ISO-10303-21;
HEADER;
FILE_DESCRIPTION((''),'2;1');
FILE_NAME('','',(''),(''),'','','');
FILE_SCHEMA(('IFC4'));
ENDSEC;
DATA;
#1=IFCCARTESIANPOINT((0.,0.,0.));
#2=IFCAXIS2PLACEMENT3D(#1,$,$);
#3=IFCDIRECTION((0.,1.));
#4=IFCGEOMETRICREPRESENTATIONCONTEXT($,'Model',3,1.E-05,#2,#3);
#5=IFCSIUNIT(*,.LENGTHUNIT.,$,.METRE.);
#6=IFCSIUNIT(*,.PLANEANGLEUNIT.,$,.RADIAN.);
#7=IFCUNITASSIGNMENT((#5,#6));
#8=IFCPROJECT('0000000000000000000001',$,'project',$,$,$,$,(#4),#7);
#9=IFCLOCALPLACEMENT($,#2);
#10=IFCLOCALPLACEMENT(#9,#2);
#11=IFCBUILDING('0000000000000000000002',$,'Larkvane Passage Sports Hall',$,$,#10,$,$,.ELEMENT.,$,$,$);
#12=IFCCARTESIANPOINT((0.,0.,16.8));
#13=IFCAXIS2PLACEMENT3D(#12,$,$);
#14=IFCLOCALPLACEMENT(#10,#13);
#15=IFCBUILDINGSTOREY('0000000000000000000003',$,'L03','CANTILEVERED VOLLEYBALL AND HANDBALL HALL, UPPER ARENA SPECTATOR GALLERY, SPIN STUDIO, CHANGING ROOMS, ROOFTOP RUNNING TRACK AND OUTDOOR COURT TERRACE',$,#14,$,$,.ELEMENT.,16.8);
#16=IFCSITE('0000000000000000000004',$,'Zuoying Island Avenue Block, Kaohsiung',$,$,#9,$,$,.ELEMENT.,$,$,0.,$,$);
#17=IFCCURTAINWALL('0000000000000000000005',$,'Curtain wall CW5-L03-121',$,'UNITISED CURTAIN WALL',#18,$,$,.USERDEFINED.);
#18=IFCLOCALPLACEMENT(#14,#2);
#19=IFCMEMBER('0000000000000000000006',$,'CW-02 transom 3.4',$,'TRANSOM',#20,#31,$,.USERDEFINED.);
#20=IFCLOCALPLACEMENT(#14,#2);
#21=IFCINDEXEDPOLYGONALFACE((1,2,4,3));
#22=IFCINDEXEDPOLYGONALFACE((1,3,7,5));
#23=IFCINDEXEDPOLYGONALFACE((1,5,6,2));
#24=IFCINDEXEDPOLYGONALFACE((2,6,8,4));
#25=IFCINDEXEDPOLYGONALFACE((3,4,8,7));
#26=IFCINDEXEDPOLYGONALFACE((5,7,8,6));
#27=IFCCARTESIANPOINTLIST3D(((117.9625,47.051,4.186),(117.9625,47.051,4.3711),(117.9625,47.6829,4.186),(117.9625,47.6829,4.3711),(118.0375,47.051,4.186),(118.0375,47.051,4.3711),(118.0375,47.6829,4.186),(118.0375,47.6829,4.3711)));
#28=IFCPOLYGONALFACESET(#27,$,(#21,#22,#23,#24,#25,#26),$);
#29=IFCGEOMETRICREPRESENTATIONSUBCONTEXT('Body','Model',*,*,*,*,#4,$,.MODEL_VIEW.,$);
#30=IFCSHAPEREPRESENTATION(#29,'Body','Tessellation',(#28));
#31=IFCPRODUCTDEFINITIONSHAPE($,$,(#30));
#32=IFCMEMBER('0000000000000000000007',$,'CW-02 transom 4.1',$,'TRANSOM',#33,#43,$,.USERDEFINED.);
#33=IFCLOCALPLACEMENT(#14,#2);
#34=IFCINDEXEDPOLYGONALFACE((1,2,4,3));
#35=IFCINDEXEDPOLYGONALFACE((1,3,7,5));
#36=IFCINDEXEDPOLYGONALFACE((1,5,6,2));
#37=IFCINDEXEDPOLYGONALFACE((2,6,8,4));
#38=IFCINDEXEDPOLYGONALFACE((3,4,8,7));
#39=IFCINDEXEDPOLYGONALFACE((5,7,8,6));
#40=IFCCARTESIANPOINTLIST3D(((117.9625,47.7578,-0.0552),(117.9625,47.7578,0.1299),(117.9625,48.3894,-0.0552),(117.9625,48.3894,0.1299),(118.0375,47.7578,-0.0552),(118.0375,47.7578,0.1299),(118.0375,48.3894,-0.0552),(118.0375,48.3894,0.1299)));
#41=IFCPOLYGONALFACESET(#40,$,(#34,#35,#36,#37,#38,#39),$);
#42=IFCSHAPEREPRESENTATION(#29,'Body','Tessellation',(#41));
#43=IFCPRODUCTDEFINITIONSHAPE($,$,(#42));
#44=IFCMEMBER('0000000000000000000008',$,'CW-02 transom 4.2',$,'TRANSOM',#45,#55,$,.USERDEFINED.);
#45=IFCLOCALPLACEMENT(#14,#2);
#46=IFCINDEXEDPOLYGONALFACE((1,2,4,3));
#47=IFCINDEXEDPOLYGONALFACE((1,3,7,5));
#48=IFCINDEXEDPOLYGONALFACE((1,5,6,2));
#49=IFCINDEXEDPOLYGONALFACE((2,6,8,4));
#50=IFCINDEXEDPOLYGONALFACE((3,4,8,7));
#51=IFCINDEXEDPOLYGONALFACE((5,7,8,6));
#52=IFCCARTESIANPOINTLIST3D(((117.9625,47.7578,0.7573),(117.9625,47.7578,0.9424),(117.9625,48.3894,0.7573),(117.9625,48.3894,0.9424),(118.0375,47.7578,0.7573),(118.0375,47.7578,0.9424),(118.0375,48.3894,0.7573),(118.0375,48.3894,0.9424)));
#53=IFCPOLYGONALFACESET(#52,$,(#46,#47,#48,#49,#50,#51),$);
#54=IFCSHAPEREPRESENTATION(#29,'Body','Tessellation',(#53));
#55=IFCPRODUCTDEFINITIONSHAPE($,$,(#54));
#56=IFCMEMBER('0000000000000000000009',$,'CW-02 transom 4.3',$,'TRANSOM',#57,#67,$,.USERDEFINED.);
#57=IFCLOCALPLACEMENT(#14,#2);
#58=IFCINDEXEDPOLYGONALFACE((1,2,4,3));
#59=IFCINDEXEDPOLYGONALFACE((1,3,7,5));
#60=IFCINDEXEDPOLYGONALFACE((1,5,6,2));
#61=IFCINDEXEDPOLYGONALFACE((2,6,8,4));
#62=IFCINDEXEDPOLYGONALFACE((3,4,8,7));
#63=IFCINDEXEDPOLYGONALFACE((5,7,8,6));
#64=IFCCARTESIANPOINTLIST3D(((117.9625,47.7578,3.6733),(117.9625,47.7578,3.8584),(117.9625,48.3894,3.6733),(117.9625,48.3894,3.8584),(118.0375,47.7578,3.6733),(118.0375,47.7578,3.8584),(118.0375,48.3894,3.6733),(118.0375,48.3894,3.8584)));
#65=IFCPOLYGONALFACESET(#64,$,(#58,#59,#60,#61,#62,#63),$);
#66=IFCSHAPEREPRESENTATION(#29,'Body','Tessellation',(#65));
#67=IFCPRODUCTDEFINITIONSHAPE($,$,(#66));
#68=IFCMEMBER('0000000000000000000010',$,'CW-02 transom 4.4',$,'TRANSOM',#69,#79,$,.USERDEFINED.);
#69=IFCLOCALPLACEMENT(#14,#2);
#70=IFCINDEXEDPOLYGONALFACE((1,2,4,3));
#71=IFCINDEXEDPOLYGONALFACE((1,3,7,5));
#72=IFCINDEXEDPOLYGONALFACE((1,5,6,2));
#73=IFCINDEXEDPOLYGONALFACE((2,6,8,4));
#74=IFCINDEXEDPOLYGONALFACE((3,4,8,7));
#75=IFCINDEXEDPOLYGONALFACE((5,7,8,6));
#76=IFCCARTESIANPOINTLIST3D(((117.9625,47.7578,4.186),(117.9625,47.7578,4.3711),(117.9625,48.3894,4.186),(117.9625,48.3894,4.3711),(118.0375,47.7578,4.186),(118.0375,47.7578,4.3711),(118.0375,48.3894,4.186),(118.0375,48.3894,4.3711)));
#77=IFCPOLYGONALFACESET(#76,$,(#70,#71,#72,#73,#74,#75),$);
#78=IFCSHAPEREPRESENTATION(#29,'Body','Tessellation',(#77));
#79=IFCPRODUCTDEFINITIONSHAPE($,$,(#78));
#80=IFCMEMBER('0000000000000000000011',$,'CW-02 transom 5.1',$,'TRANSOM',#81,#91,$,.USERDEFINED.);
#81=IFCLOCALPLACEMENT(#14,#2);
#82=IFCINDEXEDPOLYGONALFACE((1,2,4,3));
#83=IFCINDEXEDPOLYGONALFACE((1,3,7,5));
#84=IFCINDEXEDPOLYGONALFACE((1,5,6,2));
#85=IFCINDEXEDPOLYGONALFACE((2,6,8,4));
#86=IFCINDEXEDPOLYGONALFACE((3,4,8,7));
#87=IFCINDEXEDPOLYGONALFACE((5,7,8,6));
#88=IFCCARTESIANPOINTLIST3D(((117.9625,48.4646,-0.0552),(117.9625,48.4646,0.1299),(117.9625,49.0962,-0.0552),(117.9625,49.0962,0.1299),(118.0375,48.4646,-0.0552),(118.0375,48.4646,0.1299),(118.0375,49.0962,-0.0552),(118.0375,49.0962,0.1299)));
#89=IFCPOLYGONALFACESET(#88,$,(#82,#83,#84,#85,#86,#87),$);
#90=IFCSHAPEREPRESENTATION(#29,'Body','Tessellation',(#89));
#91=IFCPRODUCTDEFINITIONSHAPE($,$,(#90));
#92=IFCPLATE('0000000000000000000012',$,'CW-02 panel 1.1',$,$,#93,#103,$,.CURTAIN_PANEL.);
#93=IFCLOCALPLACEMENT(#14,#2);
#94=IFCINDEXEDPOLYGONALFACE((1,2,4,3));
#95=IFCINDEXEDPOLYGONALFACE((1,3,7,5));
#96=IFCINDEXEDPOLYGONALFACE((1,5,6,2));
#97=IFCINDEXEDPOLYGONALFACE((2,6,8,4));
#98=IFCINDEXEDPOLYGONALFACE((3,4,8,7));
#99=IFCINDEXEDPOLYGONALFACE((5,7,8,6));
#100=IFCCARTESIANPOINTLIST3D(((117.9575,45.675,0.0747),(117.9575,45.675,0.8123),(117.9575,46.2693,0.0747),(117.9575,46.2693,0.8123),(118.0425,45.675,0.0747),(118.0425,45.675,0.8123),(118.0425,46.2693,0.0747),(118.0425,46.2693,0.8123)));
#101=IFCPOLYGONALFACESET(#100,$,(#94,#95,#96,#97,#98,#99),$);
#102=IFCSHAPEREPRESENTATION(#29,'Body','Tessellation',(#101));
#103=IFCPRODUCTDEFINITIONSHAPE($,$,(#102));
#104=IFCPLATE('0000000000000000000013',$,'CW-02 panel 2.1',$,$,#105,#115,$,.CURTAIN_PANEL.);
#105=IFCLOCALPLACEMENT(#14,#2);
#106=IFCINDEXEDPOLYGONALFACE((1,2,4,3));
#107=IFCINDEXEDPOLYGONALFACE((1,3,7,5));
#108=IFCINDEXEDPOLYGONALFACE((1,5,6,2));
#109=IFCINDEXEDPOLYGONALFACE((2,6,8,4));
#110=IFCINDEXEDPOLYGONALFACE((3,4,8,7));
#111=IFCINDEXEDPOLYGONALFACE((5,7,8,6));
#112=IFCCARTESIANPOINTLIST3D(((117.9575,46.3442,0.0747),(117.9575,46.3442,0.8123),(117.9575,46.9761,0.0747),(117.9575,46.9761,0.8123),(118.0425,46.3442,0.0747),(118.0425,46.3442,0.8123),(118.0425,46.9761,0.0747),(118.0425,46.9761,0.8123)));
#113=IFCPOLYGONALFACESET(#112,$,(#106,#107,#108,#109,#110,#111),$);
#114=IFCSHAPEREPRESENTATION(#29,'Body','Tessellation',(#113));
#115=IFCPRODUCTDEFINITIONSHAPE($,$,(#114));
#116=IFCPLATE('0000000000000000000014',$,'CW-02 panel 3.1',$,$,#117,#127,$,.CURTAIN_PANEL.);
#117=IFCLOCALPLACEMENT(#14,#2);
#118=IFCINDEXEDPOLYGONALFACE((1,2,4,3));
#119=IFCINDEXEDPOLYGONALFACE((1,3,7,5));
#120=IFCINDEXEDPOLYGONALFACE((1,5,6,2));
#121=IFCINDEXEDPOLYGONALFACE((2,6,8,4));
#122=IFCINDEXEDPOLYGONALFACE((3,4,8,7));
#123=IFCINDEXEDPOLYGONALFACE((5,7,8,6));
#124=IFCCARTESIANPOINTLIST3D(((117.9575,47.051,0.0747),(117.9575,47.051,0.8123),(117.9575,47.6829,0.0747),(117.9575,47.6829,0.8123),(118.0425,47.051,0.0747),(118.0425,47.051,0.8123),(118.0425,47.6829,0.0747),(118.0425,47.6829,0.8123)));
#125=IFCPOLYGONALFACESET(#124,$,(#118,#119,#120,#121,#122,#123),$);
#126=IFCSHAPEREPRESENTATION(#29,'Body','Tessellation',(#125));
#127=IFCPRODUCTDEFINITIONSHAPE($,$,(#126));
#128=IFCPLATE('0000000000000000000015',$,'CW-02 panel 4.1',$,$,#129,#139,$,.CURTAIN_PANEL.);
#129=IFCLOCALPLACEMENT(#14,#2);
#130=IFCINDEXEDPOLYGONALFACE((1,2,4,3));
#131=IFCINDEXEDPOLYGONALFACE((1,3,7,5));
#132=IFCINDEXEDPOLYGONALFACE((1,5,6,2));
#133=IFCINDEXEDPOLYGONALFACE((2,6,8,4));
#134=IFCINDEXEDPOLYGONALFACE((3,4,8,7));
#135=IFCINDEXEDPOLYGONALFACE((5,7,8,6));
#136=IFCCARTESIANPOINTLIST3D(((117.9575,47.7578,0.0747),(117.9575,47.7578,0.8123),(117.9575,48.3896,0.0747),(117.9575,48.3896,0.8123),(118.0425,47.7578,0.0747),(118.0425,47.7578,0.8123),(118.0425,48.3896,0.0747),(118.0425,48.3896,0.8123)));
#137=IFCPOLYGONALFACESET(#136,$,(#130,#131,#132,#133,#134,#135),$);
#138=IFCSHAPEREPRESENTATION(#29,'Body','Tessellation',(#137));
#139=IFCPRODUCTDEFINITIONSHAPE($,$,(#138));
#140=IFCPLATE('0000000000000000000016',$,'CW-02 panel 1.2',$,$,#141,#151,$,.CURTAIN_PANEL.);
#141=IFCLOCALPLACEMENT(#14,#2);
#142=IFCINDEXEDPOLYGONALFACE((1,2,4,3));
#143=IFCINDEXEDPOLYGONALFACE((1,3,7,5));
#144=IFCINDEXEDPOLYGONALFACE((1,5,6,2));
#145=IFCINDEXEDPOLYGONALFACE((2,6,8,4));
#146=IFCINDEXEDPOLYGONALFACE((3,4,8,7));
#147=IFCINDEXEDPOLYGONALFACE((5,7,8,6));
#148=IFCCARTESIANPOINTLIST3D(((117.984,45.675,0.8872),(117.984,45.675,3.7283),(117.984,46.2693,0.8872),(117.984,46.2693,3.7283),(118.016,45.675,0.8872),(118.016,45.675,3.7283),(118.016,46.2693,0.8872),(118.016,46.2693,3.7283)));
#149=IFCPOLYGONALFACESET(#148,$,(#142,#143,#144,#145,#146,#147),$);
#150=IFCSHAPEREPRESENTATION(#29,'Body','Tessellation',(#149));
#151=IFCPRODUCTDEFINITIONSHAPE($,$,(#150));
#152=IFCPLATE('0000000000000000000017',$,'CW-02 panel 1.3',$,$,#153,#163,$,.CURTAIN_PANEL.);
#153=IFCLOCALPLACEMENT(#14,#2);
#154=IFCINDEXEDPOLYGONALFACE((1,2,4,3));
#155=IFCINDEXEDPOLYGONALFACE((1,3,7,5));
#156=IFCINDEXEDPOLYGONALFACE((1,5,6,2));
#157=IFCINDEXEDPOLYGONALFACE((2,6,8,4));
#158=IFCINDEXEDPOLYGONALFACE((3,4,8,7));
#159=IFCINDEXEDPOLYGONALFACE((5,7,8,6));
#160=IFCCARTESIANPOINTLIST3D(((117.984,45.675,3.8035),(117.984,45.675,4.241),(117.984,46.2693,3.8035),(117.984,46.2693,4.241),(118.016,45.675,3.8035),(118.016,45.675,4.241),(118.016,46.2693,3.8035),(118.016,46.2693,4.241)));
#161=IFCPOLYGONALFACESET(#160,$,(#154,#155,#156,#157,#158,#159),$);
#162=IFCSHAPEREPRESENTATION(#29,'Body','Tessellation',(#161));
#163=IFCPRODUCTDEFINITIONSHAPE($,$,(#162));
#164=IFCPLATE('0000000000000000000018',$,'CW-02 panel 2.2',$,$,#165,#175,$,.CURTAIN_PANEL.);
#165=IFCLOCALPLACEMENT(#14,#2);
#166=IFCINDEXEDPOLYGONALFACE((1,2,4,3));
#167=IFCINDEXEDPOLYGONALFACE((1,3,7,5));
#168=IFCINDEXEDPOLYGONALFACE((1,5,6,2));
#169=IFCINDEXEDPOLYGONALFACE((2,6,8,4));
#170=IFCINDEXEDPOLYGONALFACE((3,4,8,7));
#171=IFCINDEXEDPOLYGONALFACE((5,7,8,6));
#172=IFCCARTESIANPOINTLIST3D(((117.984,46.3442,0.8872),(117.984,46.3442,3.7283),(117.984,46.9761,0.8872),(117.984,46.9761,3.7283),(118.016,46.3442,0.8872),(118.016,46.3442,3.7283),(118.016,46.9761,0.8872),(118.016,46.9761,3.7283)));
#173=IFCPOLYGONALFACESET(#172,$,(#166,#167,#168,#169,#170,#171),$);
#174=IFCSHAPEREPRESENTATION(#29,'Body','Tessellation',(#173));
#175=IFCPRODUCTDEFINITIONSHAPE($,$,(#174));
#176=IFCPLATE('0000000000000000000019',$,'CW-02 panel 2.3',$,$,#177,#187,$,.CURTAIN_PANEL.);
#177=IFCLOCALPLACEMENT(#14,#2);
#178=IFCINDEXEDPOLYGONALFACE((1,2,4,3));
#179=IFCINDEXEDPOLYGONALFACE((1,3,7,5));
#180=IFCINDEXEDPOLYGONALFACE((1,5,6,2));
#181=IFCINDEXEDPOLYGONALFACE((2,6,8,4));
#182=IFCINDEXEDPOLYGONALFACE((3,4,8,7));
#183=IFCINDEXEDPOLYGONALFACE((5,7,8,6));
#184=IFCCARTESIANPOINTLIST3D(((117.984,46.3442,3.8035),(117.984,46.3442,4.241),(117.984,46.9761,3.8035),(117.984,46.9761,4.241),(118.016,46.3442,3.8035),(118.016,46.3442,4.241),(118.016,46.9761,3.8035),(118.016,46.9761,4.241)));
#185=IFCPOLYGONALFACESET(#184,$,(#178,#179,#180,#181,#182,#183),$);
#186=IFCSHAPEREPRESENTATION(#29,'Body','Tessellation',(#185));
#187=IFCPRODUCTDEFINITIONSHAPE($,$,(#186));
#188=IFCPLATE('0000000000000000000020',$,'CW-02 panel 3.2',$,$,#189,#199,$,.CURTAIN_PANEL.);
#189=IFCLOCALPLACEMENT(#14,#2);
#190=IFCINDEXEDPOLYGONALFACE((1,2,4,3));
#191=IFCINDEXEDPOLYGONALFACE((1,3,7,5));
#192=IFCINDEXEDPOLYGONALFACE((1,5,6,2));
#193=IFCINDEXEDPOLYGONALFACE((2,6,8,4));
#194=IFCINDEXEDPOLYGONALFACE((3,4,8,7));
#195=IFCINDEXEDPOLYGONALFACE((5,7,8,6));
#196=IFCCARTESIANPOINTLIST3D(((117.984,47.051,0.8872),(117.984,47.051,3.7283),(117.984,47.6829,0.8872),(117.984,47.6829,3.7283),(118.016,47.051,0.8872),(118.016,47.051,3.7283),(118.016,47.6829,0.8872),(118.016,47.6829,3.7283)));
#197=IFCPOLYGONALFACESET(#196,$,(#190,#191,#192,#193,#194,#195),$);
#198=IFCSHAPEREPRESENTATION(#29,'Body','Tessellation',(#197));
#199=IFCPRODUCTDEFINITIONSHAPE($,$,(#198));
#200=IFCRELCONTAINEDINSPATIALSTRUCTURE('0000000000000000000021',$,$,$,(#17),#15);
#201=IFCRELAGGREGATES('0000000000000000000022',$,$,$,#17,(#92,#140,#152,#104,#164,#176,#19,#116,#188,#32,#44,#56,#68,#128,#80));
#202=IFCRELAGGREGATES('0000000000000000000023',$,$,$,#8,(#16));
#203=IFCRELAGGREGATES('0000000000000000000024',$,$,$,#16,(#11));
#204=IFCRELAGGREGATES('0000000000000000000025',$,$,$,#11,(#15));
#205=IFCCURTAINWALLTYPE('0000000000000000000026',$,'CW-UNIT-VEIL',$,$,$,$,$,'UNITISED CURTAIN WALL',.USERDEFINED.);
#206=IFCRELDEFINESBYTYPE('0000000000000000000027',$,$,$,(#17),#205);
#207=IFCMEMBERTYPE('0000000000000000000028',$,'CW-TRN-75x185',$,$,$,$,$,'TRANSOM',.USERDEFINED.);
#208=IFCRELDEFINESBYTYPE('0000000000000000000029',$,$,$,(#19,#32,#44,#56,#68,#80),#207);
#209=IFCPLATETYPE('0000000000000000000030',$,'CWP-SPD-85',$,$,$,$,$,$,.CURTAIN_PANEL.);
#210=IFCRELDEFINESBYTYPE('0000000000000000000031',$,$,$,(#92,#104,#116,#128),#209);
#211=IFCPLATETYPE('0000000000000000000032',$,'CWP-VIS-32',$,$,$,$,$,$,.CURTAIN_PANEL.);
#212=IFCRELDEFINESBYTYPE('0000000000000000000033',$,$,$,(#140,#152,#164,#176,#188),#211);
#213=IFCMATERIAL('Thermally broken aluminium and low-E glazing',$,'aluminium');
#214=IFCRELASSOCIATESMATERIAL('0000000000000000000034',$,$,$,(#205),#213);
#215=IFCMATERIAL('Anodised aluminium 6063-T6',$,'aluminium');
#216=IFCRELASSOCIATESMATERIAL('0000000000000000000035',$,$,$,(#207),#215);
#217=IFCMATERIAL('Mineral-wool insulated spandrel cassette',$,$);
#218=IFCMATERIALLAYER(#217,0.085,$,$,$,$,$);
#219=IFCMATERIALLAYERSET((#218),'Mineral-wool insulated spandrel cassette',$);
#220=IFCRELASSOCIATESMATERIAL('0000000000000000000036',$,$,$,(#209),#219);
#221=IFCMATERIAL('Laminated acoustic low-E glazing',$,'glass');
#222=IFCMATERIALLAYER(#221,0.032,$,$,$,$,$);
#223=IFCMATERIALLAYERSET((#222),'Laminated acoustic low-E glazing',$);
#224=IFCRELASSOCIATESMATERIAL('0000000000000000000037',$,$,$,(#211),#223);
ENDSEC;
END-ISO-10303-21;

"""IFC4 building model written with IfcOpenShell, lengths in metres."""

from ifc_helpers import new_model, si_unit, direction, frame, origin, origin_2d, place, context, subcontext, project, spatial, rectangle, extrude, material, layer, layer_set, material_profile, profile_set, type_object, element, aggregate, save


model = new_model("IFC4")

# Units and contexts
model_context = context("Model", 3, precision=1e-05, world=origin(), true_north=direction((0.0, 1.0)))
body_context = subcontext(model_context, "Body", "Model", "MODEL_VIEW")
ifc_project = project(units=[si_unit("LENGTHUNIT", "METRE"), si_unit("PLANEANGLEUNIT", "RADIAN")], contexts=[model_context])

# Site, building, storey
site_placement = place(None, origin())
site = spatial("IfcSite", under=ifc_project, at=site_placement, Name="Zuoying Island Avenue Block, Kaohsiung", CompositionType="ELEMENT", RefElevation=0.0)
building_placement = place(site_placement, origin())
building = spatial("IfcBuilding", under=site, at=building_placement, Name="Larkvane Passage Sports Hall", CompositionType="ELEMENT")
storey_placement = place(building_placement, frame((0.0, 0.0, 16.8)))
storey = spatial("IfcBuildingStorey", under=building, at=storey_placement, Name="L03", Description="CANTILEVERED VOLLEYBALL AND HANDBALL HALL, UPPER ARENA SPECTATOR GALLERY, SPIN STUDIO, CHANGING ROOMS, ROOFTOP RUNNING TRACK AND OUTDOOR COURT TERRACE", CompositionType="ELEMENT", Elevation=16.8)

# Curtain wall, members, plates
ifc_material_1 = material(Name="Thermally broken aluminium and low-E glazing", Category="aluminium")
curtain_wall_type = type_object("IfcCurtainWallType", Name="CW-UNIT-VEIL", ElementType="UNITISED CURTAIN WALL", PredefinedType="USERDEFINED", material=ifc_material_1)
curtain_wall_placement = place(storey_placement, origin())
curtain_wall = element("IfcCurtainWall", 1, at=curtain_wall_placement, inside=storey, type_object=curtain_wall_type, Name="Curtain wall CW5-L03-121", ObjectType="UNITISED CURTAIN WALL", PredefinedType="USERDEFINED")
ifc_material_2 = material(Name="Anodised aluminium 6063-T6", Category="aluminium")
ifc_material_profile_1 = material_profile(ifc_material_2, rectangle(XDim=0.075, YDim=0.1851, at=origin_2d()), Name="ALU-TRN-75x185")
ifc_profile_set_1 = profile_set([ifc_material_profile_1], Name="Anodised aluminium 6063-T6")
member_type_1 = type_object("IfcMemberType", Name="CW-TRN-75x185", ElementType="TRANSOM", PredefinedType="USERDEFINED", material=ifc_profile_set_1)
member_1_placement = place(storey_placement, frame((118.0, 47.051, 4.2786), z_axis=(0.0, 1.0, 0.0), x_axis=(-1.0, 0.0, 0.0)))
member_1 = element("IfcMember", 2, at=member_1_placement, type_object=member_type_1, Name="CW-02 transom 3.4", ObjectType="TRANSOM", PredefinedType="USERDEFINED", context=body_context, shape_type="SweptSolid", body=[
    extrude(rectangle(XDim=0.075, YDim=0.1851, at=origin_2d()), origin(), (0.0, 0.0, 1.0), 0.6318),
])
member_2_placement = place(storey_placement, frame((118.0, 47.7578, 0.0374), z_axis=(0.0, 1.0, 0.0), x_axis=(-1.0, 0.0, 0.0)))
member_2 = element("IfcMember", 3, at=member_2_placement, type_object=member_type_1, Name="CW-02 transom 4.1", ObjectType="TRANSOM", PredefinedType="USERDEFINED", context=body_context, shape_type="SweptSolid", body=[
    extrude(rectangle(XDim=0.075, YDim=0.1851, at=origin_2d()), origin(), (0.0, 0.0, 1.0), 0.6316),
])
member_3_placement = place(storey_placement, frame((118.0, 47.7578, 0.8499), z_axis=(0.0, 1.0, 0.0), x_axis=(-1.0, 0.0, 0.0)))
member_3 = element("IfcMember", 4, at=member_3_placement, type_object=member_type_1, Name="CW-02 transom 4.2", ObjectType="TRANSOM", PredefinedType="USERDEFINED", context=body_context, shape_type="SweptSolid", body=[
    extrude(rectangle(XDim=0.075, YDim=0.1851, at=origin_2d()), origin(), (0.0, 0.0, 1.0), 0.6316),
])
member_4_placement = place(storey_placement, frame((118.0, 47.7578, 3.7659), z_axis=(0.0, 1.0, 0.0), x_axis=(-1.0, 0.0, 0.0)))
member_4 = element("IfcMember", 5, at=member_4_placement, type_object=member_type_1, Name="CW-02 transom 4.3", ObjectType="TRANSOM", PredefinedType="USERDEFINED", context=body_context, shape_type="SweptSolid", body=[
    extrude(rectangle(XDim=0.075, YDim=0.1851, at=origin_2d()), origin(), (0.0, 0.0, 1.0), 0.6316),
])
member_5_placement = place(storey_placement, frame((118.0, 47.7578, 4.2786), z_axis=(0.0, 1.0, 0.0), x_axis=(-1.0, 0.0, 0.0)))
member_5 = element("IfcMember", 6, at=member_5_placement, type_object=member_type_1, Name="CW-02 transom 4.4", ObjectType="TRANSOM", PredefinedType="USERDEFINED", context=body_context, shape_type="SweptSolid", body=[
    extrude(rectangle(XDim=0.075, YDim=0.1851, at=origin_2d()), origin(), (0.0, 0.0, 1.0), 0.6316),
])
member_6_placement = place(storey_placement, frame((118.0, 48.4646, 0.0374), z_axis=(0.0, 1.0, 0.0), x_axis=(-1.0, 0.0, 0.0)))
member_6 = element("IfcMember", 7, at=member_6_placement, type_object=member_type_1, Name="CW-02 transom 5.1", ObjectType="TRANSOM", PredefinedType="USERDEFINED", context=body_context, shape_type="SweptSolid", body=[
    extrude(rectangle(XDim=0.075, YDim=0.1851, at=origin_2d()), origin(), (0.0, 0.0, 1.0), 0.6316),
])
ifc_material_3 = material(Name="Mineral-wool insulated spandrel cassette")
ifc_layer_1 = layer(ifc_material_3, 0.085)
ifc_layer_set_1 = layer_set([ifc_layer_1], Name="Mineral-wool insulated spandrel cassette")
plate_type_1 = type_object("IfcPlateType", Name="CWP-SPD-85", PredefinedType="CURTAIN_PANEL", material=ifc_layer_set_1)
plate_1_placement = place(storey_placement, frame((118.0, 45.9722, 0.0747), z_axis=(0.0, 0.0, 1.0), x_axis=(0.0, 1.0, 0.0)))
plate_1 = element("IfcPlate", 8, at=plate_1_placement, type_object=plate_type_1, Name="CW-02 panel 1.1", PredefinedType="CURTAIN_PANEL", context=body_context, shape_type="SweptSolid", body=[
    extrude(rectangle(XDim=0.5942, YDim=0.085, at=origin_2d()), origin(), (0.0, 0.0, 1.0), 0.7375),
])
plate_2_placement = place(storey_placement, frame((118.0, 46.6602, 0.0747), z_axis=(0.0, 0.0, 1.0), x_axis=(0.0, 1.0, 0.0)))
plate_2 = element("IfcPlate", 9, at=plate_2_placement, type_object=plate_type_1, Name="CW-02 panel 2.1", PredefinedType="CURTAIN_PANEL", context=body_context, shape_type="SweptSolid", body=[
    extrude(rectangle(XDim=0.6318, YDim=0.085, at=origin_2d()), origin(), (0.0, 0.0, 1.0), 0.7375),
])
plate_3_placement = place(storey_placement, frame((118.0, 47.3669, 0.0747), z_axis=(0.0, 0.0, 1.0), x_axis=(0.0, 1.0, 0.0)))
plate_3 = element("IfcPlate", 10, at=plate_3_placement, type_object=plate_type_1, Name="CW-02 panel 3.1", PredefinedType="CURTAIN_PANEL", context=body_context, shape_type="SweptSolid", body=[
    extrude(rectangle(XDim=0.6318, YDim=0.085, at=origin_2d()), origin(), (0.0, 0.0, 1.0), 0.7375),
])
plate_4_placement = place(storey_placement, frame((118.0, 48.0737, 0.0747), z_axis=(0.0, 0.0, 1.0), x_axis=(0.0, 1.0, 0.0)))
plate_4 = element("IfcPlate", 11, at=plate_4_placement, type_object=plate_type_1, Name="CW-02 panel 4.1", PredefinedType="CURTAIN_PANEL", context=body_context, shape_type="SweptSolid", body=[
    extrude(rectangle(XDim=0.6318, YDim=0.085, at=origin_2d()), origin(), (0.0, 0.0, 1.0), 0.7375),
])
ifc_material_4 = material(Name="Laminated acoustic low-E glazing", Category="glass")
ifc_layer_2 = layer(ifc_material_4, 0.032)
ifc_layer_set_2 = layer_set([ifc_layer_2], Name="Laminated acoustic low-E glazing")
plate_type_2 = type_object("IfcPlateType", Name="CWP-VIS-32", PredefinedType="CURTAIN_PANEL", material=ifc_layer_set_2)
plate_5_placement = place(storey_placement, frame((118.0, 45.9722, 0.8872), z_axis=(0.0, 0.0, 1.0), x_axis=(0.0, 1.0, 0.0)))
plate_5 = element("IfcPlate", 12, at=plate_5_placement, type_object=plate_type_2, Name="CW-02 panel 1.2", PredefinedType="CURTAIN_PANEL", context=body_context, shape_type="SweptSolid", body=[
    extrude(rectangle(XDim=0.5942, YDim=0.032, at=origin_2d()), origin(), (0.0, 0.0, 1.0), 2.8411),
])
plate_6_placement = place(storey_placement, frame((118.0, 45.9722, 3.8035), z_axis=(0.0, 0.0, 1.0), x_axis=(0.0, 1.0, 0.0)))
plate_6 = element("IfcPlate", 13, at=plate_6_placement, type_object=plate_type_2, Name="CW-02 panel 1.3", PredefinedType="CURTAIN_PANEL", context=body_context, shape_type="SweptSolid", body=[
    extrude(rectangle(XDim=0.5942, YDim=0.032, at=origin_2d()), origin(), (0.0, 0.0, 1.0), 0.4375),
])
plate_7_placement = place(storey_placement, frame((118.0, 46.6602, 0.8872), z_axis=(0.0, 0.0, 1.0), x_axis=(0.0, 1.0, 0.0)))
plate_7 = element("IfcPlate", 14, at=plate_7_placement, type_object=plate_type_2, Name="CW-02 panel 2.2", PredefinedType="CURTAIN_PANEL", context=body_context, shape_type="SweptSolid", body=[
    extrude(rectangle(XDim=0.6318, YDim=0.032, at=origin_2d()), origin(), (0.0, 0.0, 1.0), 2.8411),
])
plate_8_placement = place(storey_placement, frame((118.0, 46.6602, 3.8035), z_axis=(0.0, 0.0, 1.0), x_axis=(0.0, 1.0, 0.0)))
plate_8 = element("IfcPlate", 15, at=plate_8_placement, type_object=plate_type_2, Name="CW-02 panel 2.3", PredefinedType="CURTAIN_PANEL", context=body_context, shape_type="SweptSolid", body=[
    extrude(rectangle(XDim=0.6318, YDim=0.032, at=origin_2d()), origin(), (0.0, 0.0, 1.0), 0.4375),
])
plate_9_placement = place(storey_placement, frame((118.0, 47.3669, 0.8872), z_axis=(0.0, 0.0, 1.0), x_axis=(0.0, 1.0, 0.0)))
plate_9 = element("IfcPlate", 16, at=plate_9_placement, type_object=plate_type_2, Name="CW-02 panel 3.2", PredefinedType="CURTAIN_PANEL", context=body_context, shape_type="SweptSolid", body=[
    extrude(rectangle(XDim=0.6318, YDim=0.032, at=origin_2d()), origin(), (0.0, 0.0, 1.0), 2.8411),
])
aggregate(curtain_wall, [plate_1, plate_5, plate_6, plate_2, plate_7, plate_8, member_1, plate_3, plate_9, member_2, member_3, member_4, member_5, plate_4, member_6])

save(model, "model.ifc")
